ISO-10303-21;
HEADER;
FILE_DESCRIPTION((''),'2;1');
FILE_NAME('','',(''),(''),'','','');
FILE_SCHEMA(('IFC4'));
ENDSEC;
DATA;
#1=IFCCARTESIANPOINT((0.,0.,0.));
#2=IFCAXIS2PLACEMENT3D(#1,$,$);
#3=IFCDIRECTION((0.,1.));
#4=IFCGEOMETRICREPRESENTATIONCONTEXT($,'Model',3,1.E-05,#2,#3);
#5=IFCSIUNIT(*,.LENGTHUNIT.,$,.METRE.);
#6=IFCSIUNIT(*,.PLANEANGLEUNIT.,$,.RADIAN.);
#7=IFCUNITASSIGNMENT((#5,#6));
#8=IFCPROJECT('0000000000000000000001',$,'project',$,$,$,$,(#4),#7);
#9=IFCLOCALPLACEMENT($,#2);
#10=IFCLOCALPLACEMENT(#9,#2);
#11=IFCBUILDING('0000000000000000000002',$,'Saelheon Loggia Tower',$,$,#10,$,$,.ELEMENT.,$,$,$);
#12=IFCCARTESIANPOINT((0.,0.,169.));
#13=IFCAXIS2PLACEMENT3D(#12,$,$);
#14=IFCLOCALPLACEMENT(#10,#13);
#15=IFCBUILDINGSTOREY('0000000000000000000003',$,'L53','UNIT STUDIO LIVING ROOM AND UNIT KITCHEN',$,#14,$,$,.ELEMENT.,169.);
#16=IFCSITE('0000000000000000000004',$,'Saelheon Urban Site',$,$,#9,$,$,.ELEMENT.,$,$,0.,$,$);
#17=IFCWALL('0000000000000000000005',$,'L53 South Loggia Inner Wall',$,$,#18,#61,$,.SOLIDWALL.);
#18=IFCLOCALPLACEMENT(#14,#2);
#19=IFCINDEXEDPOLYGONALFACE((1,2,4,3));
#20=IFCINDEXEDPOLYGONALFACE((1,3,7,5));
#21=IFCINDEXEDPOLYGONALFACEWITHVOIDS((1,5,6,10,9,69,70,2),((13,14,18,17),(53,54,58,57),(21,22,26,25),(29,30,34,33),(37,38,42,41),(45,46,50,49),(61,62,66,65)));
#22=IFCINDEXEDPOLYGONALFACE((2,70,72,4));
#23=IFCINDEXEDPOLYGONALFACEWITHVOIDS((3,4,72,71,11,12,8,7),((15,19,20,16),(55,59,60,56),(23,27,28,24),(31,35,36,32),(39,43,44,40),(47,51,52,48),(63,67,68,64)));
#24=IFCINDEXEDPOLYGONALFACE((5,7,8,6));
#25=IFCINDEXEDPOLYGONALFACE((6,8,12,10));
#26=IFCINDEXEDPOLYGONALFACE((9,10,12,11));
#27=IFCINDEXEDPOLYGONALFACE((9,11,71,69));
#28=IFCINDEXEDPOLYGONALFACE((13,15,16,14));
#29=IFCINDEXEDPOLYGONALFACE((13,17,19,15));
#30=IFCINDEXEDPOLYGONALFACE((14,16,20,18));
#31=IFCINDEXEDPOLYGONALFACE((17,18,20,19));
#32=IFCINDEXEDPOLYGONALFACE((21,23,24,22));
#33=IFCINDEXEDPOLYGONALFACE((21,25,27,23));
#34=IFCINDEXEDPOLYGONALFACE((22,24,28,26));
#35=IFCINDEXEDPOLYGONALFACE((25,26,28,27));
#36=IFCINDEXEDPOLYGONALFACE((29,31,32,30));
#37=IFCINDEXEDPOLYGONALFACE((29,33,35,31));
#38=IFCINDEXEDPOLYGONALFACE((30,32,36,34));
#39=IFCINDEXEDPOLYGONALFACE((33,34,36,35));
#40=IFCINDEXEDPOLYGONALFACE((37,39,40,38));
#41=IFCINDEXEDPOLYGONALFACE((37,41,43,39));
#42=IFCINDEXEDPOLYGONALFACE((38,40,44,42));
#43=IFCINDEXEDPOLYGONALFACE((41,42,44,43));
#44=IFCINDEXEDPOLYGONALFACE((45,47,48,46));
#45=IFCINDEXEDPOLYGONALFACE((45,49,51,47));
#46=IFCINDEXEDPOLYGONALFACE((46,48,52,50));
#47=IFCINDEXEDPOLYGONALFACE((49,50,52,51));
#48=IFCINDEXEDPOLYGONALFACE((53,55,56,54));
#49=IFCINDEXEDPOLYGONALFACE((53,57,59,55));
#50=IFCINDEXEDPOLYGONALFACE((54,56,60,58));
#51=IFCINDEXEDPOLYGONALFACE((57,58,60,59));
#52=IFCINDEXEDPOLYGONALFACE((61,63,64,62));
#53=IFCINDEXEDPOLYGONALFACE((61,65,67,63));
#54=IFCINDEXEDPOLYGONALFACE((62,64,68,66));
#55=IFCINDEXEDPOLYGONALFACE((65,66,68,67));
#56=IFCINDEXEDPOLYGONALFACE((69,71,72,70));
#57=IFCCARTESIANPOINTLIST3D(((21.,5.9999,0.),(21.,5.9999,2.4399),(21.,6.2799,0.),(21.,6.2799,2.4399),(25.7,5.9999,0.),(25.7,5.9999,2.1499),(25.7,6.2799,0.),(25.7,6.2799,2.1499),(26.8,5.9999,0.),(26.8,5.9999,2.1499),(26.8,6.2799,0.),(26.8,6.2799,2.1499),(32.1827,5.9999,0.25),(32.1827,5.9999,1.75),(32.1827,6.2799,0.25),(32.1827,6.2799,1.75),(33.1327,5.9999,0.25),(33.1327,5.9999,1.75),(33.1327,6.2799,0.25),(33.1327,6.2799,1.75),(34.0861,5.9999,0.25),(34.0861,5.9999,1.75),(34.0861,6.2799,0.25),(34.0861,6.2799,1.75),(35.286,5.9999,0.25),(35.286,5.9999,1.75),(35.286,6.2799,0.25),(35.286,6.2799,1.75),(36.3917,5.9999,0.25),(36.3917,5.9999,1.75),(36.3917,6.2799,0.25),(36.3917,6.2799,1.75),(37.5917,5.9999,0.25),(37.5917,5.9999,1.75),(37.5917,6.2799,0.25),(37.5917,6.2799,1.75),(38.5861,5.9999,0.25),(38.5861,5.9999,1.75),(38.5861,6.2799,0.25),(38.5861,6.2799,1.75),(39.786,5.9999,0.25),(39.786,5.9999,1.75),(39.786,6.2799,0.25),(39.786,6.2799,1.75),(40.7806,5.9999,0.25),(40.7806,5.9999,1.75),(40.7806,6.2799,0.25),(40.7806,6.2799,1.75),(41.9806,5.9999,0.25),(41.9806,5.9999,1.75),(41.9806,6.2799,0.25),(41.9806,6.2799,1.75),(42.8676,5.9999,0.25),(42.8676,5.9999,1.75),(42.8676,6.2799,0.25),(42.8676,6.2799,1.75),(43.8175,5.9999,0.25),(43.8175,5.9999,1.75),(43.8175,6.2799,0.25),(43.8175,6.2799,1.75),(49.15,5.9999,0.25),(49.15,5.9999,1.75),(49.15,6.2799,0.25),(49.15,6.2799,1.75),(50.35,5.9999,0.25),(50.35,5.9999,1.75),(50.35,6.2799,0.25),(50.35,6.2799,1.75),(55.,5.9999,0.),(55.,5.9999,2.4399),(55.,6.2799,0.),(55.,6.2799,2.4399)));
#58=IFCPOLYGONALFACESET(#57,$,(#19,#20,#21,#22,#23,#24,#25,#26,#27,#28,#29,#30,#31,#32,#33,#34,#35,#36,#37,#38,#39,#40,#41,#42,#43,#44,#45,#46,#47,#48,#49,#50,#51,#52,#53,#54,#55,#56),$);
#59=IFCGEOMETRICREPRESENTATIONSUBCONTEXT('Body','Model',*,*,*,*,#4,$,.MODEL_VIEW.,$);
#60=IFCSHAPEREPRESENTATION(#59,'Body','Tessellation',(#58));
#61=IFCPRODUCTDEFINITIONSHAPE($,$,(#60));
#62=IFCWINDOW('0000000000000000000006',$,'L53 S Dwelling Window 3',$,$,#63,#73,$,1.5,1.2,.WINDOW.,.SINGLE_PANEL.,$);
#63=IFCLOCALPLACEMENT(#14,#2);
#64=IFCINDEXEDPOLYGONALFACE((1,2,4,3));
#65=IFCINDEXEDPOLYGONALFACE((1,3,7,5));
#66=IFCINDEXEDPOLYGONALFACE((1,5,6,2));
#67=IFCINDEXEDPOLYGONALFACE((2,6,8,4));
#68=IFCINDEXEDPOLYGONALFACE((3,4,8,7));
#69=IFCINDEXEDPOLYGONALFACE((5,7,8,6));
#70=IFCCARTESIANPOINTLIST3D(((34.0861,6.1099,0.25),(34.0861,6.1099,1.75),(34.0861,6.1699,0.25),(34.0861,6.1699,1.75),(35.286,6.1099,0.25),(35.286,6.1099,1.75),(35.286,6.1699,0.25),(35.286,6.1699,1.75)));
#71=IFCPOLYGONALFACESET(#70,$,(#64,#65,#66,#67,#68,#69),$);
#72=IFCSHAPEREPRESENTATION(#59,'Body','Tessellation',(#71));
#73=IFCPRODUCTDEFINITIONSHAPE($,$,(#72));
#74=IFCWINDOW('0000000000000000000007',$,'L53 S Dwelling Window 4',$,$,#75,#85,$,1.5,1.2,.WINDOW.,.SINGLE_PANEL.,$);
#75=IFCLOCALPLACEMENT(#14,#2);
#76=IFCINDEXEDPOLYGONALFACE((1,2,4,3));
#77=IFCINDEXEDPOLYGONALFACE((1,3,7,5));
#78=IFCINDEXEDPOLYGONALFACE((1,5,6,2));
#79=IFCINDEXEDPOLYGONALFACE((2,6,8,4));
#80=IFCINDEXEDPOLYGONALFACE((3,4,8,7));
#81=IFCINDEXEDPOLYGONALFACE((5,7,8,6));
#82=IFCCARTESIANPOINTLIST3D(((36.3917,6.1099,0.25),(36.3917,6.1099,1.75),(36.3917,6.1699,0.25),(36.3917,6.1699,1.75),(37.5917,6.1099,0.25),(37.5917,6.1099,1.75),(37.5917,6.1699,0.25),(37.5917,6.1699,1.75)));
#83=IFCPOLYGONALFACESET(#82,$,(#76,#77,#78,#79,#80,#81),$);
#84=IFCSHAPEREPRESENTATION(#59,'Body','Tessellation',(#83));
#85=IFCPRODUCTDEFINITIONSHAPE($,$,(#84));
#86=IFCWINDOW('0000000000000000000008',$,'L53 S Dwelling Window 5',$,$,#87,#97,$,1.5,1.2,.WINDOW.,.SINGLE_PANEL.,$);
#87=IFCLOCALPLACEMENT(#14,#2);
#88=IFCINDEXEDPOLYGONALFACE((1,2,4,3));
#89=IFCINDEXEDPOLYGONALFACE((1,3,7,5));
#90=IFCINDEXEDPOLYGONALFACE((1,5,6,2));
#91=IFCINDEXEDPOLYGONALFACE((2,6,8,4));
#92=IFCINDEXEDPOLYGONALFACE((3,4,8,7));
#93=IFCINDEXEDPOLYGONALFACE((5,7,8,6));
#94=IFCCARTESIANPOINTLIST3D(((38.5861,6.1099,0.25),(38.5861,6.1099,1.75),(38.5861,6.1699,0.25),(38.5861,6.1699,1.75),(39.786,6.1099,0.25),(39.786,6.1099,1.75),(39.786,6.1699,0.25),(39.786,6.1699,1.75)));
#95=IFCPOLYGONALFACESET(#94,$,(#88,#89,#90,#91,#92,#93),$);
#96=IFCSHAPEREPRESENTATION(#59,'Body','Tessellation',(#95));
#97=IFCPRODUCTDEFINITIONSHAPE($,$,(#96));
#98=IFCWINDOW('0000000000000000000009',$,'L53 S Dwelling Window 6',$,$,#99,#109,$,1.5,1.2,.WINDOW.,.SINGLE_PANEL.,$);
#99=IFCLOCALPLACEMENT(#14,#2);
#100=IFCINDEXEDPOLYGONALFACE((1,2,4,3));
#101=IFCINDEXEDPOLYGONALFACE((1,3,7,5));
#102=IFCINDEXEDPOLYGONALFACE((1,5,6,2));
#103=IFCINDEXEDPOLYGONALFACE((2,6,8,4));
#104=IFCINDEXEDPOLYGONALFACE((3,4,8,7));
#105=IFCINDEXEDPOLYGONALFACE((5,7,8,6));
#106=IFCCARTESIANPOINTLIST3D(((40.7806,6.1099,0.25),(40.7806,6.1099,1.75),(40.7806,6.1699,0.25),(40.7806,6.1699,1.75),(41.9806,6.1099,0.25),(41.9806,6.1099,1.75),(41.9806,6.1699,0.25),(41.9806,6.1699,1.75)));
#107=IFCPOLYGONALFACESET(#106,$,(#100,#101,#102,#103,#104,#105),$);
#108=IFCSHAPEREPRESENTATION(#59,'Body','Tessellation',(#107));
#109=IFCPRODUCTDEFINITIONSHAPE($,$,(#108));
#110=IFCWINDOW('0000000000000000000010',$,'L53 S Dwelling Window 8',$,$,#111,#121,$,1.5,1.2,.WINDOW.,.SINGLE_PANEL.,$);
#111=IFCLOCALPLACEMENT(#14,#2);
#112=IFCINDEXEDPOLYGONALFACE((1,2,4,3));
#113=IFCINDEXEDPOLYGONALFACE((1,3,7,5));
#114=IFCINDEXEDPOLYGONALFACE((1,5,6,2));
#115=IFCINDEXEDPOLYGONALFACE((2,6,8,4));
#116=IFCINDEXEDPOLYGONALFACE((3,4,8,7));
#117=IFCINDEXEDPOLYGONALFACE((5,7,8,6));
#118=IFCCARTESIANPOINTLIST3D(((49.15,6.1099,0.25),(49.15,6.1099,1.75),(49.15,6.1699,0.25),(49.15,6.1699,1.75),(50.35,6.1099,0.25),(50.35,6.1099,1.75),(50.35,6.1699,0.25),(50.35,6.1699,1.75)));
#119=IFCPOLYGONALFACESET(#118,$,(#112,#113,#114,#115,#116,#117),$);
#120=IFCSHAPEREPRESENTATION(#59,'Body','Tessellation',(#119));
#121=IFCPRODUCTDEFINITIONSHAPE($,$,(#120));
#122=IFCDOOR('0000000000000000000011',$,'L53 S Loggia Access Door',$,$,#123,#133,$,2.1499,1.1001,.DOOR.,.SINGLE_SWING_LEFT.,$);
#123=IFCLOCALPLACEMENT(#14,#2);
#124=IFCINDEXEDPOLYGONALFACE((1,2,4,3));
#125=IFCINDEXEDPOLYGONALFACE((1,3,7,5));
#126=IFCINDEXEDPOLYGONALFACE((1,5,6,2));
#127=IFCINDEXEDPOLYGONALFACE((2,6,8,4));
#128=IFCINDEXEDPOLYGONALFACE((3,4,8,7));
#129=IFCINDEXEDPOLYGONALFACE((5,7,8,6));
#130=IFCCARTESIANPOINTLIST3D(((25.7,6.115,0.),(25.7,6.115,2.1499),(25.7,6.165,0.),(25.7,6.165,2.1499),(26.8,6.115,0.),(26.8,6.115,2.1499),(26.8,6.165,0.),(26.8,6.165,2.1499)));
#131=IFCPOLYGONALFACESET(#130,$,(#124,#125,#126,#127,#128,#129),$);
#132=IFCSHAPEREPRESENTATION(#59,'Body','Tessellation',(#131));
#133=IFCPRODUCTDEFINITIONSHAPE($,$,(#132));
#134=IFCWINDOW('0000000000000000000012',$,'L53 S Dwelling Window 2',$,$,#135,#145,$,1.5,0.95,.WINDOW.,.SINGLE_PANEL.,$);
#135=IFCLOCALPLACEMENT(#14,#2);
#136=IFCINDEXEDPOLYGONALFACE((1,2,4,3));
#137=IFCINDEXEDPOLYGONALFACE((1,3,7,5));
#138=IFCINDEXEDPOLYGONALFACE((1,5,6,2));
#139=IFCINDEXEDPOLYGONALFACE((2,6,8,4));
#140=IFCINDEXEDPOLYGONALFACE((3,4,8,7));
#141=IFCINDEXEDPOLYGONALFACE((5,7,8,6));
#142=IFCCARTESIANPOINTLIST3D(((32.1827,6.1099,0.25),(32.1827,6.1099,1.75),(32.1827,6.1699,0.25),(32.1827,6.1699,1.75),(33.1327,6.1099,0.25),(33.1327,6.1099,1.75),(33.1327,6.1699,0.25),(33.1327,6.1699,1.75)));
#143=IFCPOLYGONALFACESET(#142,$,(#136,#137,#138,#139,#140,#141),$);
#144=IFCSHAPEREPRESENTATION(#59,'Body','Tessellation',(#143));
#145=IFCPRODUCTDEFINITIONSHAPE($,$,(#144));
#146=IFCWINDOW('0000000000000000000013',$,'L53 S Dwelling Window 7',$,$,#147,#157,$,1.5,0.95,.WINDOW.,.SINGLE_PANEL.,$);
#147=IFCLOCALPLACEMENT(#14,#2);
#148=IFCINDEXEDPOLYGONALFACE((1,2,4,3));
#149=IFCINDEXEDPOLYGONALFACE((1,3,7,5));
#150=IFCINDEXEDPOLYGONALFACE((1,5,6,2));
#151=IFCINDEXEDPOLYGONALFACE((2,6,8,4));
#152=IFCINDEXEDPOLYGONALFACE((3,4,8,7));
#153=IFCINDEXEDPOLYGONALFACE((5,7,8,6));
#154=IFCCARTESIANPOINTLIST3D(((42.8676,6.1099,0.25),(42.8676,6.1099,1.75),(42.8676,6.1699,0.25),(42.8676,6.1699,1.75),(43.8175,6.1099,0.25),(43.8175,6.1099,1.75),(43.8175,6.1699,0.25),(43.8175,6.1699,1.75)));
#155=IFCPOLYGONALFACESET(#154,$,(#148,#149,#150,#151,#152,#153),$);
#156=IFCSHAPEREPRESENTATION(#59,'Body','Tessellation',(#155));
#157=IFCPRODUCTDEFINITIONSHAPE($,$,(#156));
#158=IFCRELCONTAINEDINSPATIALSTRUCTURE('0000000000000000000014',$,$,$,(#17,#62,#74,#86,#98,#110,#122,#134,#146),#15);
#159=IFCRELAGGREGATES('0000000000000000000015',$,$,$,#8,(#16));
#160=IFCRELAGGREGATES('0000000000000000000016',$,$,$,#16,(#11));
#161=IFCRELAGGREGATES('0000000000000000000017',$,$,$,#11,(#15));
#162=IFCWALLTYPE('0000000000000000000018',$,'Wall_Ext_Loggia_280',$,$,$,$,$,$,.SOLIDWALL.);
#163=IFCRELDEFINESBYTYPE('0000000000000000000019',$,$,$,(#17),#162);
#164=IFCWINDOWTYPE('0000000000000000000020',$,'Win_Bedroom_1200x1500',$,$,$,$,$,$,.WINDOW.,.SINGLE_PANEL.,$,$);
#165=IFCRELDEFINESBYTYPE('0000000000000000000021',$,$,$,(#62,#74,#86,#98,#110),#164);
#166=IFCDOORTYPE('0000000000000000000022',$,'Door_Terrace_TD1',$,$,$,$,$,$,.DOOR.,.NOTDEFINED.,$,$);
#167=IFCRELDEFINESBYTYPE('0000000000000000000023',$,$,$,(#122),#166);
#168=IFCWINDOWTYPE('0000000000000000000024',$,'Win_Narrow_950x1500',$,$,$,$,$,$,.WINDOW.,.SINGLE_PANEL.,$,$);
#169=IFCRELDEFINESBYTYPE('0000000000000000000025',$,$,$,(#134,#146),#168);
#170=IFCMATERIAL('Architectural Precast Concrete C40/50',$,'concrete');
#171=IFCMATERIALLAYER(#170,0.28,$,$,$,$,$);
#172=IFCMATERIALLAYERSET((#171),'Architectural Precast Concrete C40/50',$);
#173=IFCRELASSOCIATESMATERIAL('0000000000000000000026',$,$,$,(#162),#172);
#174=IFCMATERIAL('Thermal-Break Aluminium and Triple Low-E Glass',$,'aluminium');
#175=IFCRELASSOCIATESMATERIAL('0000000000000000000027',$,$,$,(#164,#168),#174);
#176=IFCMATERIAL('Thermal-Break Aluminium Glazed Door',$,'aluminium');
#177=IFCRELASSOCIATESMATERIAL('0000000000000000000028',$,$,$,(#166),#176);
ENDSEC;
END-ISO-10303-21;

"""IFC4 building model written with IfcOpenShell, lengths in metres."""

from ifc_helpers import new_model, si_unit, direction, frame, frame_2d, origin, place, context, subcontext, project, spatial, rectangle, extrude, source, transform, mapped, material, layer, layer_set, type_object, element, fill, save


model = new_model("IFC4")

# Units and contexts
model_context = context("Model", 3, precision=1e-05, world=origin(), true_north=direction((0.0, 1.0)))
body_context = subcontext(model_context, "Body", "Model", "MODEL_VIEW")
ifc_project = project(units=[si_unit("LENGTHUNIT", "METRE"), si_unit("PLANEANGLEUNIT", "RADIAN")], contexts=[model_context])

# Site, building, storey
site_placement = place(None, origin())
site = spatial("IfcSite", under=ifc_project, at=site_placement, Name="Saelheon Urban Site", CompositionType="ELEMENT", RefElevation=0.0)
building_placement = place(site_placement, origin())
building = spatial("IfcBuilding", under=site, at=building_placement, Name="Saelheon Loggia Tower", CompositionType="ELEMENT")
storey_placement = place(building_placement, frame((0.0, 0.0, 169.0)))
storey = spatial("IfcBuildingStorey", under=building, at=storey_placement, Name="L53", Description="UNIT STUDIO LIVING ROOM AND UNIT KITCHEN", CompositionType="ELEMENT", Elevation=169.0)

# Wall, openings, windows, door
ifc_material_1 = material(Name="Architectural Precast Concrete C40/50", Category="concrete")
ifc_layer_1 = layer(ifc_material_1, 0.28)
ifc_layer_set_1 = layer_set([ifc_layer_1], Name="Architectural Precast Concrete C40/50")
wall_type_1 = type_object("IfcWallType", Name="Wall_Ext_Loggia_280", PredefinedType="SOLIDWALL", material=ifc_layer_set_1)
wall_1_placement = place(storey_placement, frame((21.0, 6.1399, 0.0), z_axis=(0.0, 0.0, 1.0), x_axis=(1.0, 0.0, 0.0)))
wall_1 = element("IfcWall", 1, at=wall_1_placement, inside=storey, type_object=wall_type_1, Name="L53 South Loggia Inner Wall", PredefinedType="SOLIDWALL", context=body_context, shape_type="SweptSolid", body=[
    extrude(rectangle(XDim=34.0, YDim=0.28, at=frame_2d((17.0, 0.0))), origin(), (0.0, 0.0, 1.0), 2.4399),
])
opening_1_placement = place(wall_1_placement, frame((5.8, 0.0, 0.0), z_axis=(0.0, 0.0, 1.0), x_axis=(-1.0, 0.0, 0.0)))
opening_1 = element("IfcOpeningElement", 2, at=opening_1_placement, cuts=wall_1, PredefinedType="OPENING", context=body_context, shape_type="SweptSolid", body=[
    extrude(rectangle(XDim=1.1001, YDim=2.1499, at=frame_2d((0.55, 1.075))), frame((0.0, 0.1521, 0.0), z_axis=(0.0, -1.0, 0.0), x_axis=(1.0, 0.0, 0.0)), (0.0, 0.0, 1.0), 0.304),
])
opening_2_placement = place(wall_1_placement, frame((11.1826, 0.0, 0.25)))
opening_2 = element("IfcOpeningElement", 3, at=opening_2_placement, cuts=wall_1, PredefinedType="OPENING", context=body_context, shape_type="SweptSolid", body=[
    extrude(rectangle(XDim=0.95, YDim=1.5, at=frame_2d((0.4751, 0.75))), frame((0.0, 0.1521, 0.0), z_axis=(0.0, -1.0, 0.0), x_axis=(1.0, 0.0, 0.0)), (0.0, 0.0, 1.0), 0.304),
])
opening_3_placement = place(wall_1_placement, frame((13.0859, 0.0, 0.25)))
opening_3 = element("IfcOpeningElement", 4, at=opening_3_placement, cuts=wall_1, PredefinedType="OPENING", context=body_context, shape_type="SweptSolid", body=[
    extrude(rectangle(XDim=1.2, YDim=1.5, at=frame_2d((0.6001, 0.75))), frame((0.0, 0.1521, 0.0), z_axis=(0.0, -1.0, 0.0), x_axis=(1.0, 0.0, 0.0)), (0.0, 0.0, 1.0), 0.304),
])
opening_4_placement = place(wall_1_placement, frame((15.3916, 0.0, 0.25)))
opening_4 = element("IfcOpeningElement", 5, at=opening_4_placement, cuts=wall_1, PredefinedType="OPENING", context=body_context, shape_type="SweptSolid", body=[
    extrude(rectangle(XDim=1.2, YDim=1.5, at=frame_2d((0.6001, 0.75))), frame((0.0, 0.1521, 0.0), z_axis=(0.0, -1.0, 0.0), x_axis=(1.0, 0.0, 0.0)), (0.0, 0.0, 1.0), 0.304),
])
opening_5_placement = place(wall_1_placement, frame((17.5859, 0.0, 0.25)))
opening_5 = element("IfcOpeningElement", 6, at=opening_5_placement, cuts=wall_1, PredefinedType="OPENING", context=body_context, shape_type="SweptSolid", body=[
    extrude(rectangle(XDim=1.2, YDim=1.5, at=frame_2d((0.6001, 0.75))), frame((0.0, 0.1521, 0.0), z_axis=(0.0, -1.0, 0.0), x_axis=(1.0, 0.0, 0.0)), (0.0, 0.0, 1.0), 0.304),
])
opening_6_placement = place(wall_1_placement, frame((19.7805, 0.0, 0.25)))
opening_6 = element("IfcOpeningElement", 7, at=opening_6_placement, cuts=wall_1, PredefinedType="OPENING", context=body_context, shape_type="SweptSolid", body=[
    extrude(rectangle(XDim=1.2, YDim=1.5, at=frame_2d((0.6001, 0.75))), frame((0.0, 0.1521, 0.0), z_axis=(0.0, -1.0, 0.0), x_axis=(1.0, 0.0, 0.0)), (0.0, 0.0, 1.0), 0.304),
])
opening_7_placement = place(wall_1_placement, frame((21.8674, 0.0, 0.25)))
opening_7 = element("IfcOpeningElement", 8, at=opening_7_placement, cuts=wall_1, PredefinedType="OPENING", context=body_context, shape_type="SweptSolid", body=[
    extrude(rectangle(XDim=0.95, YDim=1.5, at=frame_2d((0.4751, 0.75))), frame((0.0, 0.1521, 0.0), z_axis=(0.0, -1.0, 0.0), x_axis=(1.0, 0.0, 0.0)), (0.0, 0.0, 1.0), 0.304),
])
opening_8_placement = place(wall_1_placement, frame((28.1499, 0.0, 0.25)))
opening_8 = element("IfcOpeningElement", 9, at=opening_8_placement, cuts=wall_1, PredefinedType="OPENING", context=body_context, shape_type="SweptSolid", body=[
    extrude(rectangle(XDim=1.2, YDim=1.5, at=frame_2d((0.6001, 0.75))), frame((0.0, 0.1521, 0.0), z_axis=(0.0, -1.0, 0.0), x_axis=(1.0, 0.0, 0.0)), (0.0, 0.0, 1.0), 0.304),
])
ifc_material_2 = material(Name="Thermal-Break Aluminium and Triple Low-E Glass", Category="aluminium")
window_type_1 = type_object("IfcWindowType", Name="Win_Bedroom_1200x1500", PartitioningType="SINGLE_PANEL", PredefinedType="WINDOW", material=ifc_material_2)
shared_shape_1 = source(origin(), body_context, "Body", "SweptSolid", [
    extrude(rectangle(XDim=1.2, YDim=1.5, at=frame_2d((0.6001, 0.75))), frame((0.0, 0.03, 0.0), z_axis=(0.0, -1.0, 0.0), x_axis=(1.0, 0.0, 0.0)), (0.0, 0.0, 1.0), 0.0601),
])
window_1_placement = place(opening_3_placement, origin())
window_1 = element("IfcWindow", 10, at=window_1_placement, inside=storey, type_object=window_type_1, Name="L53 S Dwelling Window 3", OverallHeight=1.5, OverallWidth=1.2, PartitioningType="SINGLE_PANEL", PredefinedType="WINDOW", context=body_context, shape_type="MappedRepresentation", body=[
    mapped(shared_shape_1, transform((0.0, 0.0, 0.0), scale=1.0)),
])
fill(opening_3, window_1)
window_2_placement = place(opening_4_placement, origin())
window_2 = element("IfcWindow", 11, at=window_2_placement, inside=storey, type_object=window_type_1, Name="L53 S Dwelling Window 4", OverallHeight=1.5, OverallWidth=1.2, PartitioningType="SINGLE_PANEL", PredefinedType="WINDOW", context=body_context, shape_type="MappedRepresentation", body=[
    mapped(shared_shape_1, transform((0.0, 0.0, 0.0), scale=1.0)),
])
fill(opening_4, window_2)
window_3_placement = place(opening_5_placement, origin())
window_3 = element("IfcWindow", 12, at=window_3_placement, inside=storey, type_object=window_type_1, Name="L53 S Dwelling Window 5", OverallHeight=1.5, OverallWidth=1.2, PartitioningType="SINGLE_PANEL", PredefinedType="WINDOW", context=body_context, shape_type="MappedRepresentation", body=[
    mapped(shared_shape_1, transform((0.0, 0.0, 0.0), scale=1.0)),
])
fill(opening_5, window_3)
window_4_placement = place(opening_6_placement, origin())
window_4 = element("IfcWindow", 13, at=window_4_placement, inside=storey, type_object=window_type_1, Name="L53 S Dwelling Window 6", OverallHeight=1.5, OverallWidth=1.2, PartitioningType="SINGLE_PANEL", PredefinedType="WINDOW", context=body_context, shape_type="MappedRepresentation", body=[
    mapped(shared_shape_1, transform((0.0, 0.0, 0.0), scale=1.0)),
])
fill(opening_6, window_4)
window_5_placement = place(opening_8_placement, origin())
window_5 = element("IfcWindow", 14, at=window_5_placement, inside=storey, type_object=window_type_1, Name="L53 S Dwelling Window 8", OverallHeight=1.5, OverallWidth=1.2, PartitioningType="SINGLE_PANEL", PredefinedType="WINDOW", context=body_context, shape_type="MappedRepresentation", body=[
    mapped(shared_shape_1, transform((0.0, 0.0, 0.0), scale=1.0)),
])
fill(opening_8, window_5)
ifc_material_3 = material(Name="Thermal-Break Aluminium Glazed Door", Category="aluminium")
door_type = type_object("IfcDoorType", Name="Door_Terrace_TD1", OperationType="NOTDEFINED", PredefinedType="DOOR", material=ifc_material_3)
shared_shape_2 = source(origin(), body_context, "Body", "SweptSolid", [
    extrude(rectangle(XDim=1.1001, YDim=2.1499, at=frame_2d((0.55, 1.075))), frame((0.0, 0.0249, 0.0), z_axis=(0.0, -1.0, 0.0), x_axis=(1.0, 0.0, 0.0)), (0.0, 0.0, 1.0), 0.05),
])
door_placement = place(opening_1_placement, origin())
door = element("IfcDoor", 15, at=door_placement, inside=storey, type_object=door_type, Name="L53 S Loggia Access Door", OperationType="SINGLE_SWING_LEFT", OverallHeight=2.1499, OverallWidth=1.1001, PredefinedType="DOOR", context=body_context, shape_type="MappedRepresentation", body=[
    mapped(shared_shape_2, transform((0.0, 0.0, 0.0), scale=1.0)),
])
fill(opening_1, door)
window_type_2 = type_object("IfcWindowType", Name="Win_Narrow_950x1500", PartitioningType="SINGLE_PANEL", PredefinedType="WINDOW", material=ifc_material_2)
shared_shape_3 = source(origin(), body_context, "Body", "SweptSolid", [
    extrude(rectangle(XDim=0.95, YDim=1.5, at=frame_2d((0.4751, 0.75))), frame((0.0, 0.03, 0.0), z_axis=(0.0, -1.0, 0.0), x_axis=(1.0, 0.0, 0.0)), (0.0, 0.0, 1.0), 0.0601),
])
window_6_placement = place(opening_2_placement, origin())
window_6 = element("IfcWindow", 16, at=window_6_placement, inside=storey, type_object=window_type_2, Name="L53 S Dwelling Window 2", OverallHeight=1.5, OverallWidth=0.95, PartitioningType="SINGLE_PANEL", PredefinedType="WINDOW", context=body_context, shape_type="MappedRepresentation", body=[
    mapped(shared_shape_3, transform((0.0, 0.0, 0.0), scale=1.0)),
])
fill(opening_2, window_6)
window_7_placement = place(opening_7_placement, origin())
window_7 = element("IfcWindow", 17, at=window_7_placement, inside=storey, type_object=window_type_2, Name="L53 S Dwelling Window 7", OverallHeight=1.5, OverallWidth=0.95, PartitioningType="SINGLE_PANEL", PredefinedType="WINDOW", context=body_context, shape_type="MappedRepresentation", body=[
    mapped(shared_shape_3, transform((0.0, 0.0, 0.0), scale=1.0)),
])
fill(opening_7, window_7)

save(model, "model.ifc")
